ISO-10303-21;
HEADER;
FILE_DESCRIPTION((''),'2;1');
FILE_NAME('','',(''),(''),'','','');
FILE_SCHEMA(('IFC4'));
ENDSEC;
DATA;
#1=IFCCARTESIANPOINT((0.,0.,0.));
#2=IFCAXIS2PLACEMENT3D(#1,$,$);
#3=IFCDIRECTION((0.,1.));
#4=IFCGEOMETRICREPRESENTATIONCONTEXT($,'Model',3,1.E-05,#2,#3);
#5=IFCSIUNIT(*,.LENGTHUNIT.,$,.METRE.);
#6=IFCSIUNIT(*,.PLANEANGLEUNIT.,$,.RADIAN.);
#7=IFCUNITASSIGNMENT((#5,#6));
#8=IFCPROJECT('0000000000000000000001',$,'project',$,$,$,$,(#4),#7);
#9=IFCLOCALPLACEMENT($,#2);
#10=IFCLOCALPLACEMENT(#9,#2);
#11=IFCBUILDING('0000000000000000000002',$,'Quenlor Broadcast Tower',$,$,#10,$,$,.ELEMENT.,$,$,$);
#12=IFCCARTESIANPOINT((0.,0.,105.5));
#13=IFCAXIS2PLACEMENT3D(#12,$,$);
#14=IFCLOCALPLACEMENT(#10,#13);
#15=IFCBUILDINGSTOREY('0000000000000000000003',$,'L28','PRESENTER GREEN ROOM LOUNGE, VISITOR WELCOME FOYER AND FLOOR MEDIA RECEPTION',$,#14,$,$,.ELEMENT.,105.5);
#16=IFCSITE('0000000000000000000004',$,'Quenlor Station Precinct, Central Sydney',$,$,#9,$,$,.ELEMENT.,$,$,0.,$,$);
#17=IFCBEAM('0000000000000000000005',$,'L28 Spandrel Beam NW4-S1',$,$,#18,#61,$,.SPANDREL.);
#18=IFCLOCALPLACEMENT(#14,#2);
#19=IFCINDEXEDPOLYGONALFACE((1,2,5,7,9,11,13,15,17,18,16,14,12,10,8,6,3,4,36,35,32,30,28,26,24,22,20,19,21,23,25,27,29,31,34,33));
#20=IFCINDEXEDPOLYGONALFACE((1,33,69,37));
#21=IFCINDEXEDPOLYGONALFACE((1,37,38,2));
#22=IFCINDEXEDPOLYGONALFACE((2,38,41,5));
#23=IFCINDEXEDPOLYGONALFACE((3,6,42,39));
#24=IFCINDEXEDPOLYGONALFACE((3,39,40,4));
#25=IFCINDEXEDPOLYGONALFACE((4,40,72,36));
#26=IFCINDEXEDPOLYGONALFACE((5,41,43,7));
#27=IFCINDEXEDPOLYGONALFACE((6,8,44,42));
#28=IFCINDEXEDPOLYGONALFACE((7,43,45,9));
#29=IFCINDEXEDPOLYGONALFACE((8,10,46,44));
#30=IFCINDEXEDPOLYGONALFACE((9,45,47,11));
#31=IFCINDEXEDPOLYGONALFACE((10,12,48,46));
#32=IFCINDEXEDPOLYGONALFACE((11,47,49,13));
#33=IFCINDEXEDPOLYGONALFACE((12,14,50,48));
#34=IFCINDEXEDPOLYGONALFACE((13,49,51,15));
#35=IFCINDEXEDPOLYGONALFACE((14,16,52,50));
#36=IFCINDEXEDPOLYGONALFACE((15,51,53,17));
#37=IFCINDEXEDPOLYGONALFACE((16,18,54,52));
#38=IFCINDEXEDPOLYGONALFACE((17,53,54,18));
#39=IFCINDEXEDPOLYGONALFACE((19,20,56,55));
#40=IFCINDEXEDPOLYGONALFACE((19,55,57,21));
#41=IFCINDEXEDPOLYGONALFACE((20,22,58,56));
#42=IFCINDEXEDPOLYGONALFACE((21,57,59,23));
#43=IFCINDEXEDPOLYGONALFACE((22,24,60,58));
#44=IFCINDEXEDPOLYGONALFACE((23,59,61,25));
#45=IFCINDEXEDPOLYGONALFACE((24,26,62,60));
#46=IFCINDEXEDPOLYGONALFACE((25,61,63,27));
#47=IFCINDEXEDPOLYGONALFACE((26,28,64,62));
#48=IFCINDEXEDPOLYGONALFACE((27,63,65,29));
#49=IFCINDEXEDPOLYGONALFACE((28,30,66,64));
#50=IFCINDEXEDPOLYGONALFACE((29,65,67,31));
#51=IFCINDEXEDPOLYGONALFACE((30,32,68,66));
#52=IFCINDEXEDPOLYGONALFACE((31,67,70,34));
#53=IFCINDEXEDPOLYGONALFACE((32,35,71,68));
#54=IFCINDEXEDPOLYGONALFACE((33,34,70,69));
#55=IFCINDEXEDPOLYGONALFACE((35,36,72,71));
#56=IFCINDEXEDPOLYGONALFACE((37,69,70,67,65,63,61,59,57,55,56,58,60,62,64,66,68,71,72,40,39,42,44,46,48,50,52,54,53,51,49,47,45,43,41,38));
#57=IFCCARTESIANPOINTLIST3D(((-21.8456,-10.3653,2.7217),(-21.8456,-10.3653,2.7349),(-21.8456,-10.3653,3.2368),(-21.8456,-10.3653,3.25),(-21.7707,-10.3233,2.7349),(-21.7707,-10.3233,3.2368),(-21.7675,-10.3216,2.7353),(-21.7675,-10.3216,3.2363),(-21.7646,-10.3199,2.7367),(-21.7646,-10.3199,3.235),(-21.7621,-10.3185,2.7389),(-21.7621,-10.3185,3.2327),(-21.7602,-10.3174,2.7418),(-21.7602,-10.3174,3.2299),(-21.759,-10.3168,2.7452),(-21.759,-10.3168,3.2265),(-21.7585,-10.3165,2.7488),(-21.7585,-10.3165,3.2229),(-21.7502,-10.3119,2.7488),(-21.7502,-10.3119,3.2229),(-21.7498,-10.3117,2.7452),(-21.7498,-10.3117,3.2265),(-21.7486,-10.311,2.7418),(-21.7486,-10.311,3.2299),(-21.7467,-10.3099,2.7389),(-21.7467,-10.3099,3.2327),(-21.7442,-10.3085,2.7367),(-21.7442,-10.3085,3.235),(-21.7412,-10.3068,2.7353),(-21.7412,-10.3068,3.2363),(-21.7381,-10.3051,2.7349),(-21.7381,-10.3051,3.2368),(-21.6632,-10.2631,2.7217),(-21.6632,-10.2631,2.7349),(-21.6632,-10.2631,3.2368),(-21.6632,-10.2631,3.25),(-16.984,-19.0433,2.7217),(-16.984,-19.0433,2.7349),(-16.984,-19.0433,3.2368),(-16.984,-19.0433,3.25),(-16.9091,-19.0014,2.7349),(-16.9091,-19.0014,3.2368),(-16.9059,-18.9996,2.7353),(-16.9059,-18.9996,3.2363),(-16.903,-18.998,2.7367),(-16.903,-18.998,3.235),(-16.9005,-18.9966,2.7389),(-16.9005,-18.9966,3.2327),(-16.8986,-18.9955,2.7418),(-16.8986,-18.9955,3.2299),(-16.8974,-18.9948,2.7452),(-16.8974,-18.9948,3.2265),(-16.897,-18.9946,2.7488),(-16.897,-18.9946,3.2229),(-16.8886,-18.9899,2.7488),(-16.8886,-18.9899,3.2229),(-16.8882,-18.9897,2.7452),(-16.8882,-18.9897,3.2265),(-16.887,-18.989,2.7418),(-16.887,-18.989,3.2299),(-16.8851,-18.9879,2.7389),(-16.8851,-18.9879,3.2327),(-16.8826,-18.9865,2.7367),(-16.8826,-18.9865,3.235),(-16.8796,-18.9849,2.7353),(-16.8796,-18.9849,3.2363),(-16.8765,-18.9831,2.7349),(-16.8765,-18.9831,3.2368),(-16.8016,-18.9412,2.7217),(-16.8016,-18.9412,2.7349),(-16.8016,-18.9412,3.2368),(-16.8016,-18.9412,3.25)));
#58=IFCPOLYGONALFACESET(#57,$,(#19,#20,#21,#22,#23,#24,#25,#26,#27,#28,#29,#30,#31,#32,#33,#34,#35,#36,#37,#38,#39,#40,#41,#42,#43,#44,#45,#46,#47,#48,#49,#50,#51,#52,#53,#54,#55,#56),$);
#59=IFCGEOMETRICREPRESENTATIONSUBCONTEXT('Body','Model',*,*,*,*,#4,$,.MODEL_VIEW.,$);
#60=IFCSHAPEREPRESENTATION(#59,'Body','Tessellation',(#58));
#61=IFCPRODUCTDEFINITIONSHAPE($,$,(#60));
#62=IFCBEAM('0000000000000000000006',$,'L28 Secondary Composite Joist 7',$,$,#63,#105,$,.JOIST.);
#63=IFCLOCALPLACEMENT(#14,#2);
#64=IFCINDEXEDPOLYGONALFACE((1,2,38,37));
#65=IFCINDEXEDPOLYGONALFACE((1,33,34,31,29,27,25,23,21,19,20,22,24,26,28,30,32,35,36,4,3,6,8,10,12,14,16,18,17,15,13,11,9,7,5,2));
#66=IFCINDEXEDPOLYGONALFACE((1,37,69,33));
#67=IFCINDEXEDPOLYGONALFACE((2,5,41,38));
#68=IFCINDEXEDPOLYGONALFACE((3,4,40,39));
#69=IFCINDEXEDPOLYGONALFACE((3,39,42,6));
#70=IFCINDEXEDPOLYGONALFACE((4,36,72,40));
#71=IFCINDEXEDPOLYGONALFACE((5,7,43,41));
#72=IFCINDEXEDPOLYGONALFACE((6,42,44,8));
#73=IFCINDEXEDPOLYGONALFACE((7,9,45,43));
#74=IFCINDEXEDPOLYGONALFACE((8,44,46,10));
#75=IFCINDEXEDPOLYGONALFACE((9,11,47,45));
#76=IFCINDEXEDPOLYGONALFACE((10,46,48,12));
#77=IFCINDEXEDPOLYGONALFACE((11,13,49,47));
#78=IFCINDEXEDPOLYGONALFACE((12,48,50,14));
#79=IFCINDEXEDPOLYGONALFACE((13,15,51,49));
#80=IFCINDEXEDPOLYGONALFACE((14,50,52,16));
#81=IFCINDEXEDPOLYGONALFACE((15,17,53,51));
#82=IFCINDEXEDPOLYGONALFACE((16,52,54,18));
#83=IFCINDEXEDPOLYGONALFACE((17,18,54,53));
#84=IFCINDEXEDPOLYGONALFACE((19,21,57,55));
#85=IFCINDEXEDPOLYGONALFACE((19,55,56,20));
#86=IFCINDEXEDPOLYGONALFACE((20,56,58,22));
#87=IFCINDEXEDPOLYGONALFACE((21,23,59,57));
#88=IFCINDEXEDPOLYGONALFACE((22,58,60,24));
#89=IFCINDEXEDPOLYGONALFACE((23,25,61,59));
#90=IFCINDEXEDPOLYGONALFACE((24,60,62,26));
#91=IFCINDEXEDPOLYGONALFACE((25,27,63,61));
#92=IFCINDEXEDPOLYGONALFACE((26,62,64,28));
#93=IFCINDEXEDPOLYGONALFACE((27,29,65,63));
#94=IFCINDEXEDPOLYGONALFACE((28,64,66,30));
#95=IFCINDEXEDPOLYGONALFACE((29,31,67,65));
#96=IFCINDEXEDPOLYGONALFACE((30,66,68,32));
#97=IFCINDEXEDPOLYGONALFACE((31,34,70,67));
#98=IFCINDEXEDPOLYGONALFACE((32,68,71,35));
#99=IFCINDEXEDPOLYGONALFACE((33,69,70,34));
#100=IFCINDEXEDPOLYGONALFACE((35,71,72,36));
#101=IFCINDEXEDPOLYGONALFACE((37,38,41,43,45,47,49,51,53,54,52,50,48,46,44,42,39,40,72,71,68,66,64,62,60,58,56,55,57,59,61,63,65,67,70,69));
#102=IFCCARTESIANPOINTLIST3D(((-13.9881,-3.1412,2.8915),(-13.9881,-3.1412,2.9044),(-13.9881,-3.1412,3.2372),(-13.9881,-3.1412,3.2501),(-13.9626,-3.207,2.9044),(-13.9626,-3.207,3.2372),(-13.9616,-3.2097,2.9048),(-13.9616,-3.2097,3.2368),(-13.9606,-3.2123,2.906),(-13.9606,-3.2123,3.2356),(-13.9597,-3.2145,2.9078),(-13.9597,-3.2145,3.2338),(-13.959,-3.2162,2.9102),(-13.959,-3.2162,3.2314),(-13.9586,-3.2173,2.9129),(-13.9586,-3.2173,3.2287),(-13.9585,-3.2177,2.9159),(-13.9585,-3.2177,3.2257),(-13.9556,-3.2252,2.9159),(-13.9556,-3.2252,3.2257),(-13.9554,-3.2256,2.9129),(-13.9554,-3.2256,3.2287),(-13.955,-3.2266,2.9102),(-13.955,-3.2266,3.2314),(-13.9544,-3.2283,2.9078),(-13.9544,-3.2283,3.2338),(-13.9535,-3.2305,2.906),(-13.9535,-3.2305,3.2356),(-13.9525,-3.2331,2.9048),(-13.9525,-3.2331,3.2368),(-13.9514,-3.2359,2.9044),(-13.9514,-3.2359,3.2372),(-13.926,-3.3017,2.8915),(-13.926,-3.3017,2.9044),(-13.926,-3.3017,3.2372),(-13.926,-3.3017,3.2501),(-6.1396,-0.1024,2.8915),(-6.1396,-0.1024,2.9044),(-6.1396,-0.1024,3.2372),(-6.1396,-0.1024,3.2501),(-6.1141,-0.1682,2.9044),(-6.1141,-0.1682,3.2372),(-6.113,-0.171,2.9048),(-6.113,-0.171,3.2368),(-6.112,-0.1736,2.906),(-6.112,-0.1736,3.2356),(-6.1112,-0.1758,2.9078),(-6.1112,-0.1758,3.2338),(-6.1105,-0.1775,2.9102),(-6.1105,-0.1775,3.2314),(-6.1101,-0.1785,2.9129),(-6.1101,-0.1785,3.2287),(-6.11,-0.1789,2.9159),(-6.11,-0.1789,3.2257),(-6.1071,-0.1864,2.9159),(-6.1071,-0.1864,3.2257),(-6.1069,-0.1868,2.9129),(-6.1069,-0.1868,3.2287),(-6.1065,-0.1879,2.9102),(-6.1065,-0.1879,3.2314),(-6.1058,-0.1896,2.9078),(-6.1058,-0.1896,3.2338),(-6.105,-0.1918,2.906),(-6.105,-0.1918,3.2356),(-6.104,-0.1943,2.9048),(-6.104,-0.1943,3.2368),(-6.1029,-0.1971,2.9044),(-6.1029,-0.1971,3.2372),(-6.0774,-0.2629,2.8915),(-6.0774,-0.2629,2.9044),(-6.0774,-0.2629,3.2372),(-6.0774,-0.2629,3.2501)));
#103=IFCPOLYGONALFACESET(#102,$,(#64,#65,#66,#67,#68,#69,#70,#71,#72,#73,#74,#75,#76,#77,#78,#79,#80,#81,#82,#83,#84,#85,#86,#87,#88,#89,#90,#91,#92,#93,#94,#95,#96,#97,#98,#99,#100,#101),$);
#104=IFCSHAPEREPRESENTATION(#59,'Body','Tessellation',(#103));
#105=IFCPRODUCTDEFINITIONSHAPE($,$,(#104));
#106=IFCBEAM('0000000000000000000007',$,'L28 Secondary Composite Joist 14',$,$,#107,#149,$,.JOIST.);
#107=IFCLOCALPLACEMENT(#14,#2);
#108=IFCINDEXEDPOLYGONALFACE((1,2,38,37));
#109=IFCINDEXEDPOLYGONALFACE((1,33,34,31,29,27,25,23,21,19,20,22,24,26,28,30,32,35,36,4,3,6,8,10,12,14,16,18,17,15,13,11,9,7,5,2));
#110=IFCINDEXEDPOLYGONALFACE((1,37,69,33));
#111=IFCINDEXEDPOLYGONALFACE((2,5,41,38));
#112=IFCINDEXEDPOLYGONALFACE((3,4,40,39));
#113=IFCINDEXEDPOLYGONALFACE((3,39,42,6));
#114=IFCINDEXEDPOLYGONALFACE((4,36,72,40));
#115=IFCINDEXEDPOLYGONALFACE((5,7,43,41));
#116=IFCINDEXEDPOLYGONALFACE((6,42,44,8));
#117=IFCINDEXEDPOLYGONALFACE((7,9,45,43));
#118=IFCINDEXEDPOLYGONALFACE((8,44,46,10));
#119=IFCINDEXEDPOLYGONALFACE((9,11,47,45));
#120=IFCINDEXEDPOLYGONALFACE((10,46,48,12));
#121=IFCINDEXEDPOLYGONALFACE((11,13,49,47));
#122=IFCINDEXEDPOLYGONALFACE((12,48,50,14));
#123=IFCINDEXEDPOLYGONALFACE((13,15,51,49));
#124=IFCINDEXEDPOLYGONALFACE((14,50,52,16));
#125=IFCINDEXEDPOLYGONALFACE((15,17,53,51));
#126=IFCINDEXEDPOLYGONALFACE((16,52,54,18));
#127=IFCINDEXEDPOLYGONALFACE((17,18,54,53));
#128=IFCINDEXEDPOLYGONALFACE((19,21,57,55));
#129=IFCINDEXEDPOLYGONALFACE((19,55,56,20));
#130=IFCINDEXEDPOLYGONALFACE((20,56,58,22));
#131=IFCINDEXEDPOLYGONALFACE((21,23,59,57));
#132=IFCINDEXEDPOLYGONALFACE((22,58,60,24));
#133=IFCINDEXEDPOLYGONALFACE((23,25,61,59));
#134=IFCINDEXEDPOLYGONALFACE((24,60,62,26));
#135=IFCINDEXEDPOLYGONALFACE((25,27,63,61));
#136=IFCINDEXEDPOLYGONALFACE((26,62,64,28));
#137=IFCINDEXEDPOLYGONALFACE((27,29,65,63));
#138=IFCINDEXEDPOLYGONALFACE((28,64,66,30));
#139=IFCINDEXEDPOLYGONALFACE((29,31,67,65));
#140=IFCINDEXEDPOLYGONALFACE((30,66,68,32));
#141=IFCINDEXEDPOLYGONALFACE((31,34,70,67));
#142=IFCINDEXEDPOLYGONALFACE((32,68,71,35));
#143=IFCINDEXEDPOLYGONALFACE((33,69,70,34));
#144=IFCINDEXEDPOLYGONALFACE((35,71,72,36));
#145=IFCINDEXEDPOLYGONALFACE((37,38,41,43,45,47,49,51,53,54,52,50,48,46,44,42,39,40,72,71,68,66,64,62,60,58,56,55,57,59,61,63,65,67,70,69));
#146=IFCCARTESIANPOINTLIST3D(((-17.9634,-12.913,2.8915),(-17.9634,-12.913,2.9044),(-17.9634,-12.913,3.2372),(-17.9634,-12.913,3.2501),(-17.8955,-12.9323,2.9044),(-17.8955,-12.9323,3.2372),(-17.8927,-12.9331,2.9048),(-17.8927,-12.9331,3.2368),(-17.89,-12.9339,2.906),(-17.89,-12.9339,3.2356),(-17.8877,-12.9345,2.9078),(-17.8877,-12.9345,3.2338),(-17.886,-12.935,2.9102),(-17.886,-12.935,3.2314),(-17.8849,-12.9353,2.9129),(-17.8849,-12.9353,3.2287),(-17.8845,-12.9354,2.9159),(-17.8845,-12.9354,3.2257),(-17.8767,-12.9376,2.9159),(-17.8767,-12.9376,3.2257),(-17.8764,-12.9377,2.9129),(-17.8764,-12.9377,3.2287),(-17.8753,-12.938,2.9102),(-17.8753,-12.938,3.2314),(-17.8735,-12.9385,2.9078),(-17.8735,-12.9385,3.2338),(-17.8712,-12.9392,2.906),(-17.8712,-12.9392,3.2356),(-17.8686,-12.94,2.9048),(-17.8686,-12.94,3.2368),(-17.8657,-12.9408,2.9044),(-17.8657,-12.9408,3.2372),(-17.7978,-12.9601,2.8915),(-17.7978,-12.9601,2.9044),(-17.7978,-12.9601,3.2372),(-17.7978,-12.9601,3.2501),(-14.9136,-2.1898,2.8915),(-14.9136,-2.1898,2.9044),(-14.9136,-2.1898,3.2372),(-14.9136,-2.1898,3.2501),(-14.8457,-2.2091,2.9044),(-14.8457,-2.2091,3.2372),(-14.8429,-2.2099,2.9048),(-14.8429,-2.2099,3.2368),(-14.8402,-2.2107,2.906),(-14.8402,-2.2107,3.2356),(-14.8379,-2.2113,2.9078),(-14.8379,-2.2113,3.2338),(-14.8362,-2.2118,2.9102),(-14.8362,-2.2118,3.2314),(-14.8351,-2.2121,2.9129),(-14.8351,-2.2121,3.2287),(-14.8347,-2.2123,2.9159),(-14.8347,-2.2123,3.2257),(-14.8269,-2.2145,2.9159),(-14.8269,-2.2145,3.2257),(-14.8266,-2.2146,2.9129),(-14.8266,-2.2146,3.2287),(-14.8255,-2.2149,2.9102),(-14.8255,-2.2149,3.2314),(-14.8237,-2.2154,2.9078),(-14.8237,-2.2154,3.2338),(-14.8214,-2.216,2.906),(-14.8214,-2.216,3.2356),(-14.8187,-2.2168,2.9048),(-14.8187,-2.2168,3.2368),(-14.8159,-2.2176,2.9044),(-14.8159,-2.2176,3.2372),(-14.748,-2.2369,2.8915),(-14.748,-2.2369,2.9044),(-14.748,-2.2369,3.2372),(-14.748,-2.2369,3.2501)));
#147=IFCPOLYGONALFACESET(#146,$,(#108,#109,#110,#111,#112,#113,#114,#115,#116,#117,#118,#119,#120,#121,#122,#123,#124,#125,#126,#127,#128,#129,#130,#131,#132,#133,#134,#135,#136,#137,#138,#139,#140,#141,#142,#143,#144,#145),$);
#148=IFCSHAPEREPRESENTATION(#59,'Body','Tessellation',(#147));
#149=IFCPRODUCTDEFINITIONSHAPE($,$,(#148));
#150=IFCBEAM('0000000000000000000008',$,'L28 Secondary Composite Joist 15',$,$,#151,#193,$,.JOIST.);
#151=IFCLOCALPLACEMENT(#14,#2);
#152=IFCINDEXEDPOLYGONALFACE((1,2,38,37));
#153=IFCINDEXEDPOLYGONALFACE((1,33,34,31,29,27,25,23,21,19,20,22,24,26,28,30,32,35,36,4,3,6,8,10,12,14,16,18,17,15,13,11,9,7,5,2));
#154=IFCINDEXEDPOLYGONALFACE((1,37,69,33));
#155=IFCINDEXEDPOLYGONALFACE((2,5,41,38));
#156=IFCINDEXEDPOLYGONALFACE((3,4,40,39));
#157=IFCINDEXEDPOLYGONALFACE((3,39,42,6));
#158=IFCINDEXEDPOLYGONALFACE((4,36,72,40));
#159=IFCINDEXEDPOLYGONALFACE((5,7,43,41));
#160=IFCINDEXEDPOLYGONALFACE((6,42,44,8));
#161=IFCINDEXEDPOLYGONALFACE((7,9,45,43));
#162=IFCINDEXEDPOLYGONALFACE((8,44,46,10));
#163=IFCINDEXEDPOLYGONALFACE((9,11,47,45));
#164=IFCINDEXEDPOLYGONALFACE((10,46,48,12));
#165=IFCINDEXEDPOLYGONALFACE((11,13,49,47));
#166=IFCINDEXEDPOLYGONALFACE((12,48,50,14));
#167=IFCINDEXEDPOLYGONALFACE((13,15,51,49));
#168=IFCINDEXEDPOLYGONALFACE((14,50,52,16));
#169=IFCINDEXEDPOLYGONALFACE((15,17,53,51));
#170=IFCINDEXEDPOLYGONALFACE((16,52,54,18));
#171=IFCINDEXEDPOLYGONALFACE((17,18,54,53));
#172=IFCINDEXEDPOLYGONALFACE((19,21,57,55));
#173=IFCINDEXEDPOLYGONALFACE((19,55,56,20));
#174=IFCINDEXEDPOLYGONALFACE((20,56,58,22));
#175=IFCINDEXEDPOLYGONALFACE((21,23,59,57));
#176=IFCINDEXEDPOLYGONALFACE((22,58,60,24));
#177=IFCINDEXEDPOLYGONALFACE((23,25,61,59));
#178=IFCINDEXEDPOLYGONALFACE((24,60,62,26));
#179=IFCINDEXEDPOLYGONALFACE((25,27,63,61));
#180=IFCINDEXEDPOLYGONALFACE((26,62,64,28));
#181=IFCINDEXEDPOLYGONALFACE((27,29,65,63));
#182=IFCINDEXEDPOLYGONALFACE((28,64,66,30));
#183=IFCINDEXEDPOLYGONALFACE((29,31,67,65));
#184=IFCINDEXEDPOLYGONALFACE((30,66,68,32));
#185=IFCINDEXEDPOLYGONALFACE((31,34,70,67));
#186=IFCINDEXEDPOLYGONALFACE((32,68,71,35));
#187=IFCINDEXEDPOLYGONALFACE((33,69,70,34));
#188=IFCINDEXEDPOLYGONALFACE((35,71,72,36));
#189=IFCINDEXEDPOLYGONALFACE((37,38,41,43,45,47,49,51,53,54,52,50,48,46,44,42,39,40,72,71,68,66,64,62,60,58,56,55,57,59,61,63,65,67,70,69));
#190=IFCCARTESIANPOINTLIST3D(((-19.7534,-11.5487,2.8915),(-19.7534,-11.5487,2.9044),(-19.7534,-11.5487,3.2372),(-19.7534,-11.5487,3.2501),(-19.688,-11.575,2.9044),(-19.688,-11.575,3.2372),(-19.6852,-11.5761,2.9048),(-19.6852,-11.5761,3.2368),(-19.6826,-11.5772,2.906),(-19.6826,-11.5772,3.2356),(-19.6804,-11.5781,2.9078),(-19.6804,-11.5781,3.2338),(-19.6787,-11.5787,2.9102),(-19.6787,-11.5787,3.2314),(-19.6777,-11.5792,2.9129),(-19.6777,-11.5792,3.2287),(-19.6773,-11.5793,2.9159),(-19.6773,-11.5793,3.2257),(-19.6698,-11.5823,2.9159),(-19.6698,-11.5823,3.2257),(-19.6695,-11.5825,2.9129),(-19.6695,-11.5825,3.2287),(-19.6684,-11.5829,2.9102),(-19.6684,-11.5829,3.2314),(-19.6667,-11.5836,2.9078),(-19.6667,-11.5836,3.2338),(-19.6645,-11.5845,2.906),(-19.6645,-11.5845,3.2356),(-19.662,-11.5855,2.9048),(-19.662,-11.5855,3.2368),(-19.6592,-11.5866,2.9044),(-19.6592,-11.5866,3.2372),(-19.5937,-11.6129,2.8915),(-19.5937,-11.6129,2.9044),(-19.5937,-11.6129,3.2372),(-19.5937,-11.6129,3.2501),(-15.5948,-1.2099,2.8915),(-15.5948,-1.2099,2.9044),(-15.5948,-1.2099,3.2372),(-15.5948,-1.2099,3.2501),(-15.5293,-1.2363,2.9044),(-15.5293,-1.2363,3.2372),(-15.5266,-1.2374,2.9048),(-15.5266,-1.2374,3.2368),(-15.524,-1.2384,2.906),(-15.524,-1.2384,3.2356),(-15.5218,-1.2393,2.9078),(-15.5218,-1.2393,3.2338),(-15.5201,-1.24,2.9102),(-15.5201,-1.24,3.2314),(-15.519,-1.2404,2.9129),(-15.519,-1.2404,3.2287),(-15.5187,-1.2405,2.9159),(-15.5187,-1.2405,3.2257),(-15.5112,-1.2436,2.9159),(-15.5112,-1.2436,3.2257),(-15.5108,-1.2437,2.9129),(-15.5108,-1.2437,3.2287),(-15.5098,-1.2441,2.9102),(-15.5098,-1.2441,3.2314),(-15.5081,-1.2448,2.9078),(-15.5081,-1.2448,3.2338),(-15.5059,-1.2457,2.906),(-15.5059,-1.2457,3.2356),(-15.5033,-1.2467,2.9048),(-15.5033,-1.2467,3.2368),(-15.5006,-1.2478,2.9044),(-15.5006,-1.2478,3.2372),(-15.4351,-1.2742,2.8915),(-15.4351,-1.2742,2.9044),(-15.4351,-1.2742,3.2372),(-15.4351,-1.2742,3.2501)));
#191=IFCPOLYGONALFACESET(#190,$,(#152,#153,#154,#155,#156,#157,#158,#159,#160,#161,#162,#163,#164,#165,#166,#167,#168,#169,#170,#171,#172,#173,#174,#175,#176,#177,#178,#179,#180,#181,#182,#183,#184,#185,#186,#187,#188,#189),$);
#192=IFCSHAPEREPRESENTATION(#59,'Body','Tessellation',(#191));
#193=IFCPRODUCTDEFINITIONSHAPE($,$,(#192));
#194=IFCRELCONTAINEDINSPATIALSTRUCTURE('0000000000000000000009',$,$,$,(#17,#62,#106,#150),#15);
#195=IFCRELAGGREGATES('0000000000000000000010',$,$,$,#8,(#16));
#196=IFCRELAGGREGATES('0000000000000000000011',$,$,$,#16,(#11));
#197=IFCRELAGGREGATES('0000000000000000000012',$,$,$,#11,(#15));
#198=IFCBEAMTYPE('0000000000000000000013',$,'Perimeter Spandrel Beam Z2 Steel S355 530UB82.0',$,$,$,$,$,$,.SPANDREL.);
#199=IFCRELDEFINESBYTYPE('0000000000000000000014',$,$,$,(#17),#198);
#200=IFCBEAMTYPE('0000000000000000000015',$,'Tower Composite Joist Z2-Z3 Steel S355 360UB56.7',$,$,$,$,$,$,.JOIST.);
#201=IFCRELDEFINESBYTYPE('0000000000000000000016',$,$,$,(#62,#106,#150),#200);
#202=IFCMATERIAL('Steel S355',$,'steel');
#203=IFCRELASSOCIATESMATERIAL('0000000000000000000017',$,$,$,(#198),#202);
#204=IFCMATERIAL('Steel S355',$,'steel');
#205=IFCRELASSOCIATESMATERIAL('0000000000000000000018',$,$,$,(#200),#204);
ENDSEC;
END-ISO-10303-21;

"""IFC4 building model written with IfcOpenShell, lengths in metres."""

from ifc_helpers import new_model, si_unit, direction, frame, origin, origin_2d, place, context, subcontext, project, spatial, i_section, extrude, material, material_profile, profile_set, type_object, element, save


model = new_model("IFC4")

# Units and contexts
model_context = context("Model", 3, precision=1e-05, world=origin(), true_north=direction((0.0, 1.0)))
body_context = subcontext(model_context, "Body", "Model", "MODEL_VIEW")
ifc_project = project(units=[si_unit("LENGTHUNIT", "METRE"), si_unit("PLANEANGLEUNIT", "RADIAN")], contexts=[model_context])

# Site, building, storey
site_placement = place(None, origin())
site = spatial("IfcSite", under=ifc_project, at=site_placement, Name="Quenlor Station Precinct, Central Sydney", CompositionType="ELEMENT", RefElevation=0.0)
building_placement = place(site_placement, origin())
building = spatial("IfcBuilding", under=site, at=building_placement, Name="Quenlor Broadcast Tower", CompositionType="ELEMENT")
storey_placement = place(building_placement, frame((0.0, 0.0, 105.5)))
storey = spatial("IfcBuildingStorey", under=building, at=storey_placement, Name="L28", Description="PRESENTER GREEN ROOM LOUNGE, VISITOR WELCOME FOYER AND FLOOR MEDIA RECEPTION", CompositionType="ELEMENT", Elevation=105.5)

# Beams
ifc_material_1 = material(Name="Steel S355", Category="steel")
ifc_material_profile_1 = material_profile(ifc_material_1, i_section(OverallWidth=0.209, OverallDepth=0.5283, WebThickness=0.0095, FlangeThickness=0.0132, FilletRadius=0.0139, at=origin_2d()))
ifc_profile_set_1 = profile_set([ifc_material_profile_1], Name="Steel S355 530UB82.0")
beam_type_1 = type_object("IfcBeamType", Name="Perimeter Spandrel Beam Z2 Steel S355 530UB82.0", PredefinedType="SPANDREL", material=ifc_profile_set_1)
beam_1_placement = place(storey_placement, frame((-21.7544, -10.3142, 2.9858), z_axis=(0.488749, -0.872424, 0.0), x_axis=(0.872424, 0.488749, 0.0)))
element("IfcBeam", 1, at=beam_1_placement, inside=storey, type_object=beam_type_1, Name="L28 Spandrel Beam NW4-S1", PredefinedType="SPANDREL", context=body_context, shape_type="SweptSolid", body=[
    extrude(i_section(OverallWidth=0.209, OverallDepth=0.5283, WebThickness=0.0095, FlangeThickness=0.0132, FilletRadius=0.0139, at=origin_2d()), origin(), (0.0, 0.0, 1.0), 9.947),
])
ifc_material_2 = material(Name="Steel S355", Category="steel")
ifc_material_profile_2 = material_profile(ifc_material_2, i_section(OverallWidth=0.1721, OverallDepth=0.3586, WebThickness=0.0081, FlangeThickness=0.0129, FilletRadius=0.0115, at=origin_2d()))
ifc_profile_set_2 = profile_set([ifc_material_profile_2], Name="Steel S355 360UB56.7")
beam_type_2 = type_object("IfcBeamType", Name="Tower Composite Joist Z2-Z3 Steel S355 360UB56.7", PredefinedType="JOIST", material=ifc_profile_set_2)
beam_2_placement = place(storey_placement, frame((-13.957, -3.2214, 3.0708), z_axis=(0.932543, 0.36106, 0.0), x_axis=(-0.36106, 0.932543, 0.0)))
element("IfcBeam", 2, at=beam_2_placement, inside=storey, type_object=beam_type_2, Name="L28 Secondary Composite Joist 7", PredefinedType="JOIST", context=body_context, shape_type="SweptSolid", body=[
    extrude(i_section(OverallWidth=0.1721, OverallDepth=0.3586, WebThickness=0.0081, FlangeThickness=0.0129, FilletRadius=0.0115, at=origin_2d()), origin(), (0.0, 0.0, 1.0), 8.4163),
])
beam_3_placement = place(storey_placement, frame((-17.8806, -12.9365, 3.0708), z_axis=(0.273564, 0.961854, 0.0), x_axis=(-0.961854, 0.273564, 0.0)))
element("IfcBeam", 3, at=beam_3_placement, inside=storey, type_object=beam_type_2, Name="L28 Secondary Composite Joist 14", PredefinedType="JOIST", context=body_context, shape_type="SweptSolid", body=[
    extrude(i_section(OverallWidth=0.1721, OverallDepth=0.3586, WebThickness=0.0081, FlangeThickness=0.0129, FilletRadius=0.0115, at=origin_2d()), origin(), (0.0, 0.0, 1.0), 11.1484),
])
beam_4_placement = place(storey_placement, frame((-19.6736, -11.5808, 3.0708), z_axis=(0.37318, 0.927759, 0.0), x_axis=(-0.927759, 0.37318, 0.0)))
element("IfcBeam", 4, at=beam_4_placement, inside=storey, type_object=beam_type_2, Name="L28 Secondary Composite Joist 15", PredefinedType="JOIST", context=body_context, shape_type="SweptSolid", body=[
    extrude(i_section(OverallWidth=0.1721, OverallDepth=0.3586, WebThickness=0.0081, FlangeThickness=0.0129, FilletRadius=0.0115, at=origin_2d()), origin(), (0.0, 0.0, 1.0), 11.1438),
])

save(model, "model.ifc")
